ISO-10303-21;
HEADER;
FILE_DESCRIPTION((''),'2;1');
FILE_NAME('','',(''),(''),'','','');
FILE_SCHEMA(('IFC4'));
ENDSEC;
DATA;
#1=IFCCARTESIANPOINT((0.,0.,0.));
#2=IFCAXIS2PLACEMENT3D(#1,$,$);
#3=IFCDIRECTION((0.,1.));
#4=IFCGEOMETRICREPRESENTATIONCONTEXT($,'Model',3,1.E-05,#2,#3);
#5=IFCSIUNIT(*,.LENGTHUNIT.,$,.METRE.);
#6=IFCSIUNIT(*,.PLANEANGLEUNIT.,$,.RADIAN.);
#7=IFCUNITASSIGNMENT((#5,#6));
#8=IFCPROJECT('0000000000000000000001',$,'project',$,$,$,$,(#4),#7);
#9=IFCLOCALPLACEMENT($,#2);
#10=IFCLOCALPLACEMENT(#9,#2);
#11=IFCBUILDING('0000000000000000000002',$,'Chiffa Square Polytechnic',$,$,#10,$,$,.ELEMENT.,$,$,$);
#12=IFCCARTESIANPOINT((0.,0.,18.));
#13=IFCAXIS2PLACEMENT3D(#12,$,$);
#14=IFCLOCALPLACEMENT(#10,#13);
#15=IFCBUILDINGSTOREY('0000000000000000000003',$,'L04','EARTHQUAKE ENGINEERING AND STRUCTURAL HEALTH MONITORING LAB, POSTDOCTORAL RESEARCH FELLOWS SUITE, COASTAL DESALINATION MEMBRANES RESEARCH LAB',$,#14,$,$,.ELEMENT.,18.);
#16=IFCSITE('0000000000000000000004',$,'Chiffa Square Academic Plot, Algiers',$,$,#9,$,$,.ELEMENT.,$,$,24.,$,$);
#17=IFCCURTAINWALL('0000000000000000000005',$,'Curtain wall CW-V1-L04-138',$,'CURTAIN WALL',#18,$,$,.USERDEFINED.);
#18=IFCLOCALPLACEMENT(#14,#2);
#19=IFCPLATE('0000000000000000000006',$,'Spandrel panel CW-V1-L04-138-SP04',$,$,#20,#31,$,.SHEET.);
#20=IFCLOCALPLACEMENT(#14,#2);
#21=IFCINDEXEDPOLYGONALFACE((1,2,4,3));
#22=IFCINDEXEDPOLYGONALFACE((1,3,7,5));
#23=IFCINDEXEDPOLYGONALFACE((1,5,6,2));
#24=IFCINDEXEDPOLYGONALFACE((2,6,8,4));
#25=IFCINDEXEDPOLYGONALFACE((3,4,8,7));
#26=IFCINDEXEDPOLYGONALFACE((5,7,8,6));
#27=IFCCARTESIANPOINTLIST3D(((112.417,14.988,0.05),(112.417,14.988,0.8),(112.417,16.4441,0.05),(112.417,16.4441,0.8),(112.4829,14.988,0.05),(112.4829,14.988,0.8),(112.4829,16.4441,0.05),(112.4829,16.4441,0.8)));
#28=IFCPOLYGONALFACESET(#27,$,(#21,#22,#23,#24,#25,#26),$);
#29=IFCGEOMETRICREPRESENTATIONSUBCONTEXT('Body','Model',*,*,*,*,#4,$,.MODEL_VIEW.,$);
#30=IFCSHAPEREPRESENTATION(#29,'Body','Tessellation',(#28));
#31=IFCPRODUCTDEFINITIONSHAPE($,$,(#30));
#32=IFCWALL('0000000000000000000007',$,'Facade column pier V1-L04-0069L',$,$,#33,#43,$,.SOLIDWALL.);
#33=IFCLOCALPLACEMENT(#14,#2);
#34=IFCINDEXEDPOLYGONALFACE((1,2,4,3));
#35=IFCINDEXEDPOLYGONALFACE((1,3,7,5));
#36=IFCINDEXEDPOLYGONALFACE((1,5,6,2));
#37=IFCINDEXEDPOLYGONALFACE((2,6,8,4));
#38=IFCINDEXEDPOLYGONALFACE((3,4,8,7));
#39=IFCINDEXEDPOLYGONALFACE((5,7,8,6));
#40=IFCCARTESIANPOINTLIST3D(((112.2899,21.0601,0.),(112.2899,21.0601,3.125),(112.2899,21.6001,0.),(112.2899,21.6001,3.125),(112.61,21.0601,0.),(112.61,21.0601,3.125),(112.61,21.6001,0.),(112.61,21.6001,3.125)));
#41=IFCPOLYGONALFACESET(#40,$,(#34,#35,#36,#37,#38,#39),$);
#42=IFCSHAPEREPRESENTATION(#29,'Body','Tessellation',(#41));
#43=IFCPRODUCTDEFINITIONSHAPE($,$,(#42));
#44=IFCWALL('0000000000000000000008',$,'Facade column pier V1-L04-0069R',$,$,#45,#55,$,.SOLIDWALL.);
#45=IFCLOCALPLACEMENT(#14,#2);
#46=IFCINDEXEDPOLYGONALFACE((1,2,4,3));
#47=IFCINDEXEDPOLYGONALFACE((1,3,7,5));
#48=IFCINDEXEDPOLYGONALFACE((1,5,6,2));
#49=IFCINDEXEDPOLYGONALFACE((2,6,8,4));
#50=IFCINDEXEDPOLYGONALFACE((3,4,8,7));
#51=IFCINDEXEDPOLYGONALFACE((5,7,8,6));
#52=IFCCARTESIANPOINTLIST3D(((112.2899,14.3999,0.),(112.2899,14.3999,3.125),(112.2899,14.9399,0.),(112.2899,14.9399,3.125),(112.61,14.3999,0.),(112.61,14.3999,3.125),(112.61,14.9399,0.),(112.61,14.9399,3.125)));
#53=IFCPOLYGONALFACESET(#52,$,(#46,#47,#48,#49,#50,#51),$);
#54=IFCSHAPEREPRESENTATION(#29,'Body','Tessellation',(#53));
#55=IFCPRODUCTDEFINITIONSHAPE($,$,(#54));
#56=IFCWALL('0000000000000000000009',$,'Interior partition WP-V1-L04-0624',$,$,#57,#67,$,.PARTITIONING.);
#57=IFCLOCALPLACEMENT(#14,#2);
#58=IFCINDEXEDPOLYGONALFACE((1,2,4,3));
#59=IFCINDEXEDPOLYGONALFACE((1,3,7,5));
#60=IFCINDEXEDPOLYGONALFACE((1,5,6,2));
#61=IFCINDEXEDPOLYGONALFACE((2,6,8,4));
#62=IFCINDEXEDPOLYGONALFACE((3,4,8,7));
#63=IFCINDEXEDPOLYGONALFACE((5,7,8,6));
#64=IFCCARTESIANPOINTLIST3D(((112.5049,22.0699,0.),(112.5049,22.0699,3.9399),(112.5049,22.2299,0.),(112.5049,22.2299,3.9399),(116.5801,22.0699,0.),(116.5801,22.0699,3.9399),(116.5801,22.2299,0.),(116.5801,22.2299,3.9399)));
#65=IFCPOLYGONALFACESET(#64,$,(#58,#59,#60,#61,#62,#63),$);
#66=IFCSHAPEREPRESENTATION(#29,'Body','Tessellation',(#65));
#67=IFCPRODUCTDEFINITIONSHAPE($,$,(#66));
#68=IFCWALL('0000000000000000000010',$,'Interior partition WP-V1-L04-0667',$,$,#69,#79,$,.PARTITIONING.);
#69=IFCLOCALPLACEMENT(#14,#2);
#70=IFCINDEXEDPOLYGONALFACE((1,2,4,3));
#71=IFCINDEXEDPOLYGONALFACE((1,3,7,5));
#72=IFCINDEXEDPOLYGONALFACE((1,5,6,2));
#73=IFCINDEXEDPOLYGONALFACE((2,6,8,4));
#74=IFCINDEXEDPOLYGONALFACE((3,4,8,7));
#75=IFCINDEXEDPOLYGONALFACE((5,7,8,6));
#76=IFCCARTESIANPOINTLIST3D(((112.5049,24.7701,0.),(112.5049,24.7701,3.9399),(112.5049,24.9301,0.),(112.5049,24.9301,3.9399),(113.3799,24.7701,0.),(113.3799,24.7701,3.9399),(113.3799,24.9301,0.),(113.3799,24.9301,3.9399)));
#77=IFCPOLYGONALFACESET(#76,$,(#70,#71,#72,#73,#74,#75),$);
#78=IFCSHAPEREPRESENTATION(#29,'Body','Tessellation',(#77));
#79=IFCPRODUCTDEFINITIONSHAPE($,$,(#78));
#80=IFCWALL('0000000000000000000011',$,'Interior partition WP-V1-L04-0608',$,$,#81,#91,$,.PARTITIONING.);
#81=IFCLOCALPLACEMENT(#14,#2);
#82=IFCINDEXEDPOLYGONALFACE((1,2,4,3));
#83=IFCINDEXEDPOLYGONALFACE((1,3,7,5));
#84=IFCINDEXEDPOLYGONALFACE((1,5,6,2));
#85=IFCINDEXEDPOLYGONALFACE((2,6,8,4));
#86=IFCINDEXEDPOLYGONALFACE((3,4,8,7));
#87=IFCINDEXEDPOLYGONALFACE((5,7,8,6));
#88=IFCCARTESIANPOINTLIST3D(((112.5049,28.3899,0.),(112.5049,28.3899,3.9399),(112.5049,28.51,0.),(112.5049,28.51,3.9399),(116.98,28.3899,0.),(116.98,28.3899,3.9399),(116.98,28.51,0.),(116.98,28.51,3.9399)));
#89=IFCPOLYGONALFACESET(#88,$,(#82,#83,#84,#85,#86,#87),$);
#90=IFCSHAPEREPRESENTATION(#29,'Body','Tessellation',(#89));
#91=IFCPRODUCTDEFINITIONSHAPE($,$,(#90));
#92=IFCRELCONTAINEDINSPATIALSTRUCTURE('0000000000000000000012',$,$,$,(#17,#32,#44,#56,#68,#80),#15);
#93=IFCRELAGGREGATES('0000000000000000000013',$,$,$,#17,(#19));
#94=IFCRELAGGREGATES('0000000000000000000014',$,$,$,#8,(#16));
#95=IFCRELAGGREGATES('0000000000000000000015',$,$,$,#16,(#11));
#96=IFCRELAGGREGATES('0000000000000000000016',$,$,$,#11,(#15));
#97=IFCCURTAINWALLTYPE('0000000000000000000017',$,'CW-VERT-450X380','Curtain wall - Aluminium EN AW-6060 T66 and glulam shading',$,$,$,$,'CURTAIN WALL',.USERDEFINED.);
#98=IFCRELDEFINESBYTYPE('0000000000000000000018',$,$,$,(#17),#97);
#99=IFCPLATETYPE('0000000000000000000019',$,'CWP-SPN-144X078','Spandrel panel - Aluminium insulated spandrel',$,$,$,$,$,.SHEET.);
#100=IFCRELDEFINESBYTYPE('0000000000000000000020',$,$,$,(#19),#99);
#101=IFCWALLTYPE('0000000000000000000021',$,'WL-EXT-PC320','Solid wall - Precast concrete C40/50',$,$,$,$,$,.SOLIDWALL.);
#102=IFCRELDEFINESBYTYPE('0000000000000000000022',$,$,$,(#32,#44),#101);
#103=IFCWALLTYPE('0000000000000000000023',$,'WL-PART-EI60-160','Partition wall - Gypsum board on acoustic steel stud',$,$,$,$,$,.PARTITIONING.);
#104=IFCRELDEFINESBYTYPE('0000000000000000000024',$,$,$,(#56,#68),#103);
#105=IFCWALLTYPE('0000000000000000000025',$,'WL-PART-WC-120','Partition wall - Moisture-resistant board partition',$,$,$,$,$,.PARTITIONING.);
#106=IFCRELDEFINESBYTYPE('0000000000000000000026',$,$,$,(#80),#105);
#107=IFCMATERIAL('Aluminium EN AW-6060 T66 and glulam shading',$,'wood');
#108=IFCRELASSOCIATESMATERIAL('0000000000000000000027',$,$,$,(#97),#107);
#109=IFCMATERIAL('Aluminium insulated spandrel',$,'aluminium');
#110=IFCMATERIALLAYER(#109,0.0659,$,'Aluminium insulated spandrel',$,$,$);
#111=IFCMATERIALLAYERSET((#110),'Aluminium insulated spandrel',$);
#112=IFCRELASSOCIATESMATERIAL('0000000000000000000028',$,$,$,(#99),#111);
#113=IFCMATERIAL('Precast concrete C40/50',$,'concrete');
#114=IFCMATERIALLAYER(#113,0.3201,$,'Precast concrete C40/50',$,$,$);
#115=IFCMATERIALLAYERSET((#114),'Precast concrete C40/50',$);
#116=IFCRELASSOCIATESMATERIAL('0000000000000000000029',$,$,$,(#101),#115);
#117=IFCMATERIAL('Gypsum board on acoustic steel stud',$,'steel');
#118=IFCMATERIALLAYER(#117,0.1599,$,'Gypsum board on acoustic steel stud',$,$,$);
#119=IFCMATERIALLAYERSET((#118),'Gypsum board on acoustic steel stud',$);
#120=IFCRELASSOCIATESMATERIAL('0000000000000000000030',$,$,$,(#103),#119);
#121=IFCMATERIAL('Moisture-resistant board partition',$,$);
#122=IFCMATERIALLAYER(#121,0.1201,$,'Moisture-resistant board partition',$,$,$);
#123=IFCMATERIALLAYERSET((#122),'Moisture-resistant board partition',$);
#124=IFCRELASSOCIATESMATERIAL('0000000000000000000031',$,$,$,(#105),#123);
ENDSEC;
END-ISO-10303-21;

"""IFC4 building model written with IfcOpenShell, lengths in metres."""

from ifc_helpers import new_model, si_unit, direction, frame, frame_2d, origin, origin_2d, place, context, subcontext, project, spatial, rectangle, extrude, material, layer, layer_set, type_object, element, aggregate, save


model = new_model("IFC4")

# Units and contexts
model_context = context("Model", 3, precision=1e-05, world=origin(), true_north=direction((0.0, 1.0)))
body_context = subcontext(model_context, "Body", "Model", "MODEL_VIEW")
ifc_project = project(units=[si_unit("LENGTHUNIT", "METRE"), si_unit("PLANEANGLEUNIT", "RADIAN")], contexts=[model_context])

# Site, building, storey
site_placement = place(None, origin())
site = spatial("IfcSite", under=ifc_project, at=site_placement, Name="Chiffa Square Academic Plot, Algiers", CompositionType="ELEMENT", RefElevation=24.0)
building_placement = place(site_placement, origin())
building = spatial("IfcBuilding", under=site, at=building_placement, Name="Chiffa Square Polytechnic", CompositionType="ELEMENT")
storey_placement = place(building_placement, frame((0.0, 0.0, 18.0)))
storey = spatial("IfcBuildingStorey", under=building, at=storey_placement, Name="L04", Description="EARTHQUAKE ENGINEERING AND STRUCTURAL HEALTH MONITORING LAB, POSTDOCTORAL RESEARCH FELLOWS SUITE, COASTAL DESALINATION MEMBRANES RESEARCH LAB", CompositionType="ELEMENT", Elevation=18.0)

# Curtain wall, plate
ifc_material_1 = material(Name="Aluminium EN AW-6060 T66 and glulam shading", Category="wood")
curtain_wall_type = type_object("IfcCurtainWallType", Name="CW-VERT-450X380", Description="Curtain wall - Aluminium EN AW-6060 T66 and glulam shading", ElementType="CURTAIN WALL", PredefinedType="USERDEFINED", material=ifc_material_1)
curtain_wall_placement = place(storey_placement, origin())
curtain_wall = element("IfcCurtainWall", 1, at=curtain_wall_placement, inside=storey, type_object=curtain_wall_type, Name="Curtain wall CW-V1-L04-138", ObjectType="CURTAIN WALL", PredefinedType="USERDEFINED")
ifc_material_2 = material(Name="Aluminium insulated spandrel", Category="aluminium")
ifc_layer_1 = layer(ifc_material_2, 0.0659, Name="Aluminium insulated spandrel")
ifc_layer_set_1 = layer_set([ifc_layer_1], Name="Aluminium insulated spandrel")
plate_type_1 = type_object("IfcPlateType", Name="CWP-SPN-144X078", Description="Spandrel panel - Aluminium insulated spandrel", PredefinedType="SHEET", material=ifc_layer_set_1)
plate_1_placement = place(storey_placement, frame((112.45, 15.7161, 0.05), z_axis=(0.0, 0.0, 1.0), x_axis=(0.0, -1.0, 0.0)))
plate_1 = element("IfcPlate", 2, at=plate_1_placement, type_object=plate_type_1, Name="Spandrel panel CW-V1-L04-138-SP04", PredefinedType="SHEET", context=body_context, shape_type="SweptSolid", body=[
    extrude(rectangle(XDim=1.4561, YDim=0.0659, at=origin_2d()), origin(), (0.0, 0.0, 1.0), 0.75),
])
aggregate(curtain_wall, [plate_1])

# Walls
ifc_material_3 = material(Name="Precast concrete C40/50", Category="concrete")
ifc_layer_2 = layer(ifc_material_3, 0.3201, Name="Precast concrete C40/50")
ifc_layer_set_2 = layer_set([ifc_layer_2], Name="Precast concrete C40/50")
wall_type_1 = type_object("IfcWallType", Name="WL-EXT-PC320", Description="Solid wall - Precast concrete C40/50", PredefinedType="SOLIDWALL", material=ifc_layer_set_2)
for number, where, z_axis, x_axis, name in (
    (3, (112.45, 21.6001, 0.0), (0.0, 0.0, 1.0), (0.0, -1.0, 0.0), "Facade column pier V1-L04-0069L"),
    (4, (112.45, 14.9399, 0.0), (0.0, 0.0, 1.0), (0.0, -1.0, 0.0), "Facade column pier V1-L04-0069R"),
):
    element("IfcWall", number, at=place(storey_placement, frame(where, z_axis=z_axis, x_axis=x_axis)), inside=storey, type_object=wall_type_1, Name=name, PredefinedType="SOLIDWALL", context=body_context, shape_type="SweptSolid", body=[
        extrude(rectangle(XDim=0.54, YDim=0.3201, at=frame_2d((0.27, 0.0))), origin(), (0.0, 0.0, 1.0), 3.125),
    ])
ifc_material_4 = material(Name="Gypsum board on acoustic steel stud", Category="steel")
ifc_layer_3 = layer(ifc_material_4, 0.1599, Name="Gypsum board on acoustic steel stud")
ifc_layer_set_3 = layer_set([ifc_layer_3], Name="Gypsum board on acoustic steel stud")
wall_type_2 = type_object("IfcWallType", Name="WL-PART-EI60-160", Description="Partition wall - Gypsum board on acoustic steel stud", PredefinedType="PARTITIONING", material=ifc_layer_set_3)
wall_1_placement = place(storey_placement, frame((112.5049, 22.1499, 0.0), z_axis=(0.0, 0.0, 1.0), x_axis=(1.0, 0.0, 0.0)))
element("IfcWall", 5, at=wall_1_placement, inside=storey, type_object=wall_type_2, Name="Interior partition WP-V1-L04-0624", PredefinedType="PARTITIONING", context=body_context, shape_type="SweptSolid", body=[
    extrude(rectangle(XDim=4.0752, YDim=0.1599, at=frame_2d((2.0376, 0.0))), origin(), (0.0, 0.0, 1.0), 3.9399),
])
wall_2_placement = place(storey_placement, frame((112.5049, 24.8501, 0.0), z_axis=(0.0, 0.0, 1.0), x_axis=(1.0, 0.0, 0.0)))
element("IfcWall", 6, at=wall_2_placement, inside=storey, type_object=wall_type_2, Name="Interior partition WP-V1-L04-0667", PredefinedType="PARTITIONING", context=body_context, shape_type="SweptSolid", body=[
    extrude(rectangle(XDim=0.875, YDim=0.1599, at=frame_2d((0.4375, 0.0))), origin(), (0.0, 0.0, 1.0), 3.9399),
])
ifc_material_5 = material(Name="Moisture-resistant board partition")
ifc_layer_4 = layer(ifc_material_5, 0.1201, Name="Moisture-resistant board partition")
ifc_layer_set_4 = layer_set([ifc_layer_4], Name="Moisture-resistant board partition")
wall_type_3 = type_object("IfcWallType", Name="WL-PART-WC-120", Description="Partition wall - Moisture-resistant board partition", PredefinedType="PARTITIONING", material=ifc_layer_set_4)
wall_3_placement = place(storey_placement, frame((112.5049, 28.45, 0.0), z_axis=(0.0, 0.0, 1.0), x_axis=(1.0, 0.0, 0.0)))
element("IfcWall", 7, at=wall_3_placement, inside=storey, type_object=wall_type_3, Name="Interior partition WP-V1-L04-0608", PredefinedType="PARTITIONING", context=body_context, shape_type="SweptSolid", body=[
    extrude(rectangle(XDim=4.4751, YDim=0.1201, at=frame_2d((2.2375, 0.0))), origin(), (0.0, 0.0, 1.0), 3.9399),
])

save(model, "model.ifc")
